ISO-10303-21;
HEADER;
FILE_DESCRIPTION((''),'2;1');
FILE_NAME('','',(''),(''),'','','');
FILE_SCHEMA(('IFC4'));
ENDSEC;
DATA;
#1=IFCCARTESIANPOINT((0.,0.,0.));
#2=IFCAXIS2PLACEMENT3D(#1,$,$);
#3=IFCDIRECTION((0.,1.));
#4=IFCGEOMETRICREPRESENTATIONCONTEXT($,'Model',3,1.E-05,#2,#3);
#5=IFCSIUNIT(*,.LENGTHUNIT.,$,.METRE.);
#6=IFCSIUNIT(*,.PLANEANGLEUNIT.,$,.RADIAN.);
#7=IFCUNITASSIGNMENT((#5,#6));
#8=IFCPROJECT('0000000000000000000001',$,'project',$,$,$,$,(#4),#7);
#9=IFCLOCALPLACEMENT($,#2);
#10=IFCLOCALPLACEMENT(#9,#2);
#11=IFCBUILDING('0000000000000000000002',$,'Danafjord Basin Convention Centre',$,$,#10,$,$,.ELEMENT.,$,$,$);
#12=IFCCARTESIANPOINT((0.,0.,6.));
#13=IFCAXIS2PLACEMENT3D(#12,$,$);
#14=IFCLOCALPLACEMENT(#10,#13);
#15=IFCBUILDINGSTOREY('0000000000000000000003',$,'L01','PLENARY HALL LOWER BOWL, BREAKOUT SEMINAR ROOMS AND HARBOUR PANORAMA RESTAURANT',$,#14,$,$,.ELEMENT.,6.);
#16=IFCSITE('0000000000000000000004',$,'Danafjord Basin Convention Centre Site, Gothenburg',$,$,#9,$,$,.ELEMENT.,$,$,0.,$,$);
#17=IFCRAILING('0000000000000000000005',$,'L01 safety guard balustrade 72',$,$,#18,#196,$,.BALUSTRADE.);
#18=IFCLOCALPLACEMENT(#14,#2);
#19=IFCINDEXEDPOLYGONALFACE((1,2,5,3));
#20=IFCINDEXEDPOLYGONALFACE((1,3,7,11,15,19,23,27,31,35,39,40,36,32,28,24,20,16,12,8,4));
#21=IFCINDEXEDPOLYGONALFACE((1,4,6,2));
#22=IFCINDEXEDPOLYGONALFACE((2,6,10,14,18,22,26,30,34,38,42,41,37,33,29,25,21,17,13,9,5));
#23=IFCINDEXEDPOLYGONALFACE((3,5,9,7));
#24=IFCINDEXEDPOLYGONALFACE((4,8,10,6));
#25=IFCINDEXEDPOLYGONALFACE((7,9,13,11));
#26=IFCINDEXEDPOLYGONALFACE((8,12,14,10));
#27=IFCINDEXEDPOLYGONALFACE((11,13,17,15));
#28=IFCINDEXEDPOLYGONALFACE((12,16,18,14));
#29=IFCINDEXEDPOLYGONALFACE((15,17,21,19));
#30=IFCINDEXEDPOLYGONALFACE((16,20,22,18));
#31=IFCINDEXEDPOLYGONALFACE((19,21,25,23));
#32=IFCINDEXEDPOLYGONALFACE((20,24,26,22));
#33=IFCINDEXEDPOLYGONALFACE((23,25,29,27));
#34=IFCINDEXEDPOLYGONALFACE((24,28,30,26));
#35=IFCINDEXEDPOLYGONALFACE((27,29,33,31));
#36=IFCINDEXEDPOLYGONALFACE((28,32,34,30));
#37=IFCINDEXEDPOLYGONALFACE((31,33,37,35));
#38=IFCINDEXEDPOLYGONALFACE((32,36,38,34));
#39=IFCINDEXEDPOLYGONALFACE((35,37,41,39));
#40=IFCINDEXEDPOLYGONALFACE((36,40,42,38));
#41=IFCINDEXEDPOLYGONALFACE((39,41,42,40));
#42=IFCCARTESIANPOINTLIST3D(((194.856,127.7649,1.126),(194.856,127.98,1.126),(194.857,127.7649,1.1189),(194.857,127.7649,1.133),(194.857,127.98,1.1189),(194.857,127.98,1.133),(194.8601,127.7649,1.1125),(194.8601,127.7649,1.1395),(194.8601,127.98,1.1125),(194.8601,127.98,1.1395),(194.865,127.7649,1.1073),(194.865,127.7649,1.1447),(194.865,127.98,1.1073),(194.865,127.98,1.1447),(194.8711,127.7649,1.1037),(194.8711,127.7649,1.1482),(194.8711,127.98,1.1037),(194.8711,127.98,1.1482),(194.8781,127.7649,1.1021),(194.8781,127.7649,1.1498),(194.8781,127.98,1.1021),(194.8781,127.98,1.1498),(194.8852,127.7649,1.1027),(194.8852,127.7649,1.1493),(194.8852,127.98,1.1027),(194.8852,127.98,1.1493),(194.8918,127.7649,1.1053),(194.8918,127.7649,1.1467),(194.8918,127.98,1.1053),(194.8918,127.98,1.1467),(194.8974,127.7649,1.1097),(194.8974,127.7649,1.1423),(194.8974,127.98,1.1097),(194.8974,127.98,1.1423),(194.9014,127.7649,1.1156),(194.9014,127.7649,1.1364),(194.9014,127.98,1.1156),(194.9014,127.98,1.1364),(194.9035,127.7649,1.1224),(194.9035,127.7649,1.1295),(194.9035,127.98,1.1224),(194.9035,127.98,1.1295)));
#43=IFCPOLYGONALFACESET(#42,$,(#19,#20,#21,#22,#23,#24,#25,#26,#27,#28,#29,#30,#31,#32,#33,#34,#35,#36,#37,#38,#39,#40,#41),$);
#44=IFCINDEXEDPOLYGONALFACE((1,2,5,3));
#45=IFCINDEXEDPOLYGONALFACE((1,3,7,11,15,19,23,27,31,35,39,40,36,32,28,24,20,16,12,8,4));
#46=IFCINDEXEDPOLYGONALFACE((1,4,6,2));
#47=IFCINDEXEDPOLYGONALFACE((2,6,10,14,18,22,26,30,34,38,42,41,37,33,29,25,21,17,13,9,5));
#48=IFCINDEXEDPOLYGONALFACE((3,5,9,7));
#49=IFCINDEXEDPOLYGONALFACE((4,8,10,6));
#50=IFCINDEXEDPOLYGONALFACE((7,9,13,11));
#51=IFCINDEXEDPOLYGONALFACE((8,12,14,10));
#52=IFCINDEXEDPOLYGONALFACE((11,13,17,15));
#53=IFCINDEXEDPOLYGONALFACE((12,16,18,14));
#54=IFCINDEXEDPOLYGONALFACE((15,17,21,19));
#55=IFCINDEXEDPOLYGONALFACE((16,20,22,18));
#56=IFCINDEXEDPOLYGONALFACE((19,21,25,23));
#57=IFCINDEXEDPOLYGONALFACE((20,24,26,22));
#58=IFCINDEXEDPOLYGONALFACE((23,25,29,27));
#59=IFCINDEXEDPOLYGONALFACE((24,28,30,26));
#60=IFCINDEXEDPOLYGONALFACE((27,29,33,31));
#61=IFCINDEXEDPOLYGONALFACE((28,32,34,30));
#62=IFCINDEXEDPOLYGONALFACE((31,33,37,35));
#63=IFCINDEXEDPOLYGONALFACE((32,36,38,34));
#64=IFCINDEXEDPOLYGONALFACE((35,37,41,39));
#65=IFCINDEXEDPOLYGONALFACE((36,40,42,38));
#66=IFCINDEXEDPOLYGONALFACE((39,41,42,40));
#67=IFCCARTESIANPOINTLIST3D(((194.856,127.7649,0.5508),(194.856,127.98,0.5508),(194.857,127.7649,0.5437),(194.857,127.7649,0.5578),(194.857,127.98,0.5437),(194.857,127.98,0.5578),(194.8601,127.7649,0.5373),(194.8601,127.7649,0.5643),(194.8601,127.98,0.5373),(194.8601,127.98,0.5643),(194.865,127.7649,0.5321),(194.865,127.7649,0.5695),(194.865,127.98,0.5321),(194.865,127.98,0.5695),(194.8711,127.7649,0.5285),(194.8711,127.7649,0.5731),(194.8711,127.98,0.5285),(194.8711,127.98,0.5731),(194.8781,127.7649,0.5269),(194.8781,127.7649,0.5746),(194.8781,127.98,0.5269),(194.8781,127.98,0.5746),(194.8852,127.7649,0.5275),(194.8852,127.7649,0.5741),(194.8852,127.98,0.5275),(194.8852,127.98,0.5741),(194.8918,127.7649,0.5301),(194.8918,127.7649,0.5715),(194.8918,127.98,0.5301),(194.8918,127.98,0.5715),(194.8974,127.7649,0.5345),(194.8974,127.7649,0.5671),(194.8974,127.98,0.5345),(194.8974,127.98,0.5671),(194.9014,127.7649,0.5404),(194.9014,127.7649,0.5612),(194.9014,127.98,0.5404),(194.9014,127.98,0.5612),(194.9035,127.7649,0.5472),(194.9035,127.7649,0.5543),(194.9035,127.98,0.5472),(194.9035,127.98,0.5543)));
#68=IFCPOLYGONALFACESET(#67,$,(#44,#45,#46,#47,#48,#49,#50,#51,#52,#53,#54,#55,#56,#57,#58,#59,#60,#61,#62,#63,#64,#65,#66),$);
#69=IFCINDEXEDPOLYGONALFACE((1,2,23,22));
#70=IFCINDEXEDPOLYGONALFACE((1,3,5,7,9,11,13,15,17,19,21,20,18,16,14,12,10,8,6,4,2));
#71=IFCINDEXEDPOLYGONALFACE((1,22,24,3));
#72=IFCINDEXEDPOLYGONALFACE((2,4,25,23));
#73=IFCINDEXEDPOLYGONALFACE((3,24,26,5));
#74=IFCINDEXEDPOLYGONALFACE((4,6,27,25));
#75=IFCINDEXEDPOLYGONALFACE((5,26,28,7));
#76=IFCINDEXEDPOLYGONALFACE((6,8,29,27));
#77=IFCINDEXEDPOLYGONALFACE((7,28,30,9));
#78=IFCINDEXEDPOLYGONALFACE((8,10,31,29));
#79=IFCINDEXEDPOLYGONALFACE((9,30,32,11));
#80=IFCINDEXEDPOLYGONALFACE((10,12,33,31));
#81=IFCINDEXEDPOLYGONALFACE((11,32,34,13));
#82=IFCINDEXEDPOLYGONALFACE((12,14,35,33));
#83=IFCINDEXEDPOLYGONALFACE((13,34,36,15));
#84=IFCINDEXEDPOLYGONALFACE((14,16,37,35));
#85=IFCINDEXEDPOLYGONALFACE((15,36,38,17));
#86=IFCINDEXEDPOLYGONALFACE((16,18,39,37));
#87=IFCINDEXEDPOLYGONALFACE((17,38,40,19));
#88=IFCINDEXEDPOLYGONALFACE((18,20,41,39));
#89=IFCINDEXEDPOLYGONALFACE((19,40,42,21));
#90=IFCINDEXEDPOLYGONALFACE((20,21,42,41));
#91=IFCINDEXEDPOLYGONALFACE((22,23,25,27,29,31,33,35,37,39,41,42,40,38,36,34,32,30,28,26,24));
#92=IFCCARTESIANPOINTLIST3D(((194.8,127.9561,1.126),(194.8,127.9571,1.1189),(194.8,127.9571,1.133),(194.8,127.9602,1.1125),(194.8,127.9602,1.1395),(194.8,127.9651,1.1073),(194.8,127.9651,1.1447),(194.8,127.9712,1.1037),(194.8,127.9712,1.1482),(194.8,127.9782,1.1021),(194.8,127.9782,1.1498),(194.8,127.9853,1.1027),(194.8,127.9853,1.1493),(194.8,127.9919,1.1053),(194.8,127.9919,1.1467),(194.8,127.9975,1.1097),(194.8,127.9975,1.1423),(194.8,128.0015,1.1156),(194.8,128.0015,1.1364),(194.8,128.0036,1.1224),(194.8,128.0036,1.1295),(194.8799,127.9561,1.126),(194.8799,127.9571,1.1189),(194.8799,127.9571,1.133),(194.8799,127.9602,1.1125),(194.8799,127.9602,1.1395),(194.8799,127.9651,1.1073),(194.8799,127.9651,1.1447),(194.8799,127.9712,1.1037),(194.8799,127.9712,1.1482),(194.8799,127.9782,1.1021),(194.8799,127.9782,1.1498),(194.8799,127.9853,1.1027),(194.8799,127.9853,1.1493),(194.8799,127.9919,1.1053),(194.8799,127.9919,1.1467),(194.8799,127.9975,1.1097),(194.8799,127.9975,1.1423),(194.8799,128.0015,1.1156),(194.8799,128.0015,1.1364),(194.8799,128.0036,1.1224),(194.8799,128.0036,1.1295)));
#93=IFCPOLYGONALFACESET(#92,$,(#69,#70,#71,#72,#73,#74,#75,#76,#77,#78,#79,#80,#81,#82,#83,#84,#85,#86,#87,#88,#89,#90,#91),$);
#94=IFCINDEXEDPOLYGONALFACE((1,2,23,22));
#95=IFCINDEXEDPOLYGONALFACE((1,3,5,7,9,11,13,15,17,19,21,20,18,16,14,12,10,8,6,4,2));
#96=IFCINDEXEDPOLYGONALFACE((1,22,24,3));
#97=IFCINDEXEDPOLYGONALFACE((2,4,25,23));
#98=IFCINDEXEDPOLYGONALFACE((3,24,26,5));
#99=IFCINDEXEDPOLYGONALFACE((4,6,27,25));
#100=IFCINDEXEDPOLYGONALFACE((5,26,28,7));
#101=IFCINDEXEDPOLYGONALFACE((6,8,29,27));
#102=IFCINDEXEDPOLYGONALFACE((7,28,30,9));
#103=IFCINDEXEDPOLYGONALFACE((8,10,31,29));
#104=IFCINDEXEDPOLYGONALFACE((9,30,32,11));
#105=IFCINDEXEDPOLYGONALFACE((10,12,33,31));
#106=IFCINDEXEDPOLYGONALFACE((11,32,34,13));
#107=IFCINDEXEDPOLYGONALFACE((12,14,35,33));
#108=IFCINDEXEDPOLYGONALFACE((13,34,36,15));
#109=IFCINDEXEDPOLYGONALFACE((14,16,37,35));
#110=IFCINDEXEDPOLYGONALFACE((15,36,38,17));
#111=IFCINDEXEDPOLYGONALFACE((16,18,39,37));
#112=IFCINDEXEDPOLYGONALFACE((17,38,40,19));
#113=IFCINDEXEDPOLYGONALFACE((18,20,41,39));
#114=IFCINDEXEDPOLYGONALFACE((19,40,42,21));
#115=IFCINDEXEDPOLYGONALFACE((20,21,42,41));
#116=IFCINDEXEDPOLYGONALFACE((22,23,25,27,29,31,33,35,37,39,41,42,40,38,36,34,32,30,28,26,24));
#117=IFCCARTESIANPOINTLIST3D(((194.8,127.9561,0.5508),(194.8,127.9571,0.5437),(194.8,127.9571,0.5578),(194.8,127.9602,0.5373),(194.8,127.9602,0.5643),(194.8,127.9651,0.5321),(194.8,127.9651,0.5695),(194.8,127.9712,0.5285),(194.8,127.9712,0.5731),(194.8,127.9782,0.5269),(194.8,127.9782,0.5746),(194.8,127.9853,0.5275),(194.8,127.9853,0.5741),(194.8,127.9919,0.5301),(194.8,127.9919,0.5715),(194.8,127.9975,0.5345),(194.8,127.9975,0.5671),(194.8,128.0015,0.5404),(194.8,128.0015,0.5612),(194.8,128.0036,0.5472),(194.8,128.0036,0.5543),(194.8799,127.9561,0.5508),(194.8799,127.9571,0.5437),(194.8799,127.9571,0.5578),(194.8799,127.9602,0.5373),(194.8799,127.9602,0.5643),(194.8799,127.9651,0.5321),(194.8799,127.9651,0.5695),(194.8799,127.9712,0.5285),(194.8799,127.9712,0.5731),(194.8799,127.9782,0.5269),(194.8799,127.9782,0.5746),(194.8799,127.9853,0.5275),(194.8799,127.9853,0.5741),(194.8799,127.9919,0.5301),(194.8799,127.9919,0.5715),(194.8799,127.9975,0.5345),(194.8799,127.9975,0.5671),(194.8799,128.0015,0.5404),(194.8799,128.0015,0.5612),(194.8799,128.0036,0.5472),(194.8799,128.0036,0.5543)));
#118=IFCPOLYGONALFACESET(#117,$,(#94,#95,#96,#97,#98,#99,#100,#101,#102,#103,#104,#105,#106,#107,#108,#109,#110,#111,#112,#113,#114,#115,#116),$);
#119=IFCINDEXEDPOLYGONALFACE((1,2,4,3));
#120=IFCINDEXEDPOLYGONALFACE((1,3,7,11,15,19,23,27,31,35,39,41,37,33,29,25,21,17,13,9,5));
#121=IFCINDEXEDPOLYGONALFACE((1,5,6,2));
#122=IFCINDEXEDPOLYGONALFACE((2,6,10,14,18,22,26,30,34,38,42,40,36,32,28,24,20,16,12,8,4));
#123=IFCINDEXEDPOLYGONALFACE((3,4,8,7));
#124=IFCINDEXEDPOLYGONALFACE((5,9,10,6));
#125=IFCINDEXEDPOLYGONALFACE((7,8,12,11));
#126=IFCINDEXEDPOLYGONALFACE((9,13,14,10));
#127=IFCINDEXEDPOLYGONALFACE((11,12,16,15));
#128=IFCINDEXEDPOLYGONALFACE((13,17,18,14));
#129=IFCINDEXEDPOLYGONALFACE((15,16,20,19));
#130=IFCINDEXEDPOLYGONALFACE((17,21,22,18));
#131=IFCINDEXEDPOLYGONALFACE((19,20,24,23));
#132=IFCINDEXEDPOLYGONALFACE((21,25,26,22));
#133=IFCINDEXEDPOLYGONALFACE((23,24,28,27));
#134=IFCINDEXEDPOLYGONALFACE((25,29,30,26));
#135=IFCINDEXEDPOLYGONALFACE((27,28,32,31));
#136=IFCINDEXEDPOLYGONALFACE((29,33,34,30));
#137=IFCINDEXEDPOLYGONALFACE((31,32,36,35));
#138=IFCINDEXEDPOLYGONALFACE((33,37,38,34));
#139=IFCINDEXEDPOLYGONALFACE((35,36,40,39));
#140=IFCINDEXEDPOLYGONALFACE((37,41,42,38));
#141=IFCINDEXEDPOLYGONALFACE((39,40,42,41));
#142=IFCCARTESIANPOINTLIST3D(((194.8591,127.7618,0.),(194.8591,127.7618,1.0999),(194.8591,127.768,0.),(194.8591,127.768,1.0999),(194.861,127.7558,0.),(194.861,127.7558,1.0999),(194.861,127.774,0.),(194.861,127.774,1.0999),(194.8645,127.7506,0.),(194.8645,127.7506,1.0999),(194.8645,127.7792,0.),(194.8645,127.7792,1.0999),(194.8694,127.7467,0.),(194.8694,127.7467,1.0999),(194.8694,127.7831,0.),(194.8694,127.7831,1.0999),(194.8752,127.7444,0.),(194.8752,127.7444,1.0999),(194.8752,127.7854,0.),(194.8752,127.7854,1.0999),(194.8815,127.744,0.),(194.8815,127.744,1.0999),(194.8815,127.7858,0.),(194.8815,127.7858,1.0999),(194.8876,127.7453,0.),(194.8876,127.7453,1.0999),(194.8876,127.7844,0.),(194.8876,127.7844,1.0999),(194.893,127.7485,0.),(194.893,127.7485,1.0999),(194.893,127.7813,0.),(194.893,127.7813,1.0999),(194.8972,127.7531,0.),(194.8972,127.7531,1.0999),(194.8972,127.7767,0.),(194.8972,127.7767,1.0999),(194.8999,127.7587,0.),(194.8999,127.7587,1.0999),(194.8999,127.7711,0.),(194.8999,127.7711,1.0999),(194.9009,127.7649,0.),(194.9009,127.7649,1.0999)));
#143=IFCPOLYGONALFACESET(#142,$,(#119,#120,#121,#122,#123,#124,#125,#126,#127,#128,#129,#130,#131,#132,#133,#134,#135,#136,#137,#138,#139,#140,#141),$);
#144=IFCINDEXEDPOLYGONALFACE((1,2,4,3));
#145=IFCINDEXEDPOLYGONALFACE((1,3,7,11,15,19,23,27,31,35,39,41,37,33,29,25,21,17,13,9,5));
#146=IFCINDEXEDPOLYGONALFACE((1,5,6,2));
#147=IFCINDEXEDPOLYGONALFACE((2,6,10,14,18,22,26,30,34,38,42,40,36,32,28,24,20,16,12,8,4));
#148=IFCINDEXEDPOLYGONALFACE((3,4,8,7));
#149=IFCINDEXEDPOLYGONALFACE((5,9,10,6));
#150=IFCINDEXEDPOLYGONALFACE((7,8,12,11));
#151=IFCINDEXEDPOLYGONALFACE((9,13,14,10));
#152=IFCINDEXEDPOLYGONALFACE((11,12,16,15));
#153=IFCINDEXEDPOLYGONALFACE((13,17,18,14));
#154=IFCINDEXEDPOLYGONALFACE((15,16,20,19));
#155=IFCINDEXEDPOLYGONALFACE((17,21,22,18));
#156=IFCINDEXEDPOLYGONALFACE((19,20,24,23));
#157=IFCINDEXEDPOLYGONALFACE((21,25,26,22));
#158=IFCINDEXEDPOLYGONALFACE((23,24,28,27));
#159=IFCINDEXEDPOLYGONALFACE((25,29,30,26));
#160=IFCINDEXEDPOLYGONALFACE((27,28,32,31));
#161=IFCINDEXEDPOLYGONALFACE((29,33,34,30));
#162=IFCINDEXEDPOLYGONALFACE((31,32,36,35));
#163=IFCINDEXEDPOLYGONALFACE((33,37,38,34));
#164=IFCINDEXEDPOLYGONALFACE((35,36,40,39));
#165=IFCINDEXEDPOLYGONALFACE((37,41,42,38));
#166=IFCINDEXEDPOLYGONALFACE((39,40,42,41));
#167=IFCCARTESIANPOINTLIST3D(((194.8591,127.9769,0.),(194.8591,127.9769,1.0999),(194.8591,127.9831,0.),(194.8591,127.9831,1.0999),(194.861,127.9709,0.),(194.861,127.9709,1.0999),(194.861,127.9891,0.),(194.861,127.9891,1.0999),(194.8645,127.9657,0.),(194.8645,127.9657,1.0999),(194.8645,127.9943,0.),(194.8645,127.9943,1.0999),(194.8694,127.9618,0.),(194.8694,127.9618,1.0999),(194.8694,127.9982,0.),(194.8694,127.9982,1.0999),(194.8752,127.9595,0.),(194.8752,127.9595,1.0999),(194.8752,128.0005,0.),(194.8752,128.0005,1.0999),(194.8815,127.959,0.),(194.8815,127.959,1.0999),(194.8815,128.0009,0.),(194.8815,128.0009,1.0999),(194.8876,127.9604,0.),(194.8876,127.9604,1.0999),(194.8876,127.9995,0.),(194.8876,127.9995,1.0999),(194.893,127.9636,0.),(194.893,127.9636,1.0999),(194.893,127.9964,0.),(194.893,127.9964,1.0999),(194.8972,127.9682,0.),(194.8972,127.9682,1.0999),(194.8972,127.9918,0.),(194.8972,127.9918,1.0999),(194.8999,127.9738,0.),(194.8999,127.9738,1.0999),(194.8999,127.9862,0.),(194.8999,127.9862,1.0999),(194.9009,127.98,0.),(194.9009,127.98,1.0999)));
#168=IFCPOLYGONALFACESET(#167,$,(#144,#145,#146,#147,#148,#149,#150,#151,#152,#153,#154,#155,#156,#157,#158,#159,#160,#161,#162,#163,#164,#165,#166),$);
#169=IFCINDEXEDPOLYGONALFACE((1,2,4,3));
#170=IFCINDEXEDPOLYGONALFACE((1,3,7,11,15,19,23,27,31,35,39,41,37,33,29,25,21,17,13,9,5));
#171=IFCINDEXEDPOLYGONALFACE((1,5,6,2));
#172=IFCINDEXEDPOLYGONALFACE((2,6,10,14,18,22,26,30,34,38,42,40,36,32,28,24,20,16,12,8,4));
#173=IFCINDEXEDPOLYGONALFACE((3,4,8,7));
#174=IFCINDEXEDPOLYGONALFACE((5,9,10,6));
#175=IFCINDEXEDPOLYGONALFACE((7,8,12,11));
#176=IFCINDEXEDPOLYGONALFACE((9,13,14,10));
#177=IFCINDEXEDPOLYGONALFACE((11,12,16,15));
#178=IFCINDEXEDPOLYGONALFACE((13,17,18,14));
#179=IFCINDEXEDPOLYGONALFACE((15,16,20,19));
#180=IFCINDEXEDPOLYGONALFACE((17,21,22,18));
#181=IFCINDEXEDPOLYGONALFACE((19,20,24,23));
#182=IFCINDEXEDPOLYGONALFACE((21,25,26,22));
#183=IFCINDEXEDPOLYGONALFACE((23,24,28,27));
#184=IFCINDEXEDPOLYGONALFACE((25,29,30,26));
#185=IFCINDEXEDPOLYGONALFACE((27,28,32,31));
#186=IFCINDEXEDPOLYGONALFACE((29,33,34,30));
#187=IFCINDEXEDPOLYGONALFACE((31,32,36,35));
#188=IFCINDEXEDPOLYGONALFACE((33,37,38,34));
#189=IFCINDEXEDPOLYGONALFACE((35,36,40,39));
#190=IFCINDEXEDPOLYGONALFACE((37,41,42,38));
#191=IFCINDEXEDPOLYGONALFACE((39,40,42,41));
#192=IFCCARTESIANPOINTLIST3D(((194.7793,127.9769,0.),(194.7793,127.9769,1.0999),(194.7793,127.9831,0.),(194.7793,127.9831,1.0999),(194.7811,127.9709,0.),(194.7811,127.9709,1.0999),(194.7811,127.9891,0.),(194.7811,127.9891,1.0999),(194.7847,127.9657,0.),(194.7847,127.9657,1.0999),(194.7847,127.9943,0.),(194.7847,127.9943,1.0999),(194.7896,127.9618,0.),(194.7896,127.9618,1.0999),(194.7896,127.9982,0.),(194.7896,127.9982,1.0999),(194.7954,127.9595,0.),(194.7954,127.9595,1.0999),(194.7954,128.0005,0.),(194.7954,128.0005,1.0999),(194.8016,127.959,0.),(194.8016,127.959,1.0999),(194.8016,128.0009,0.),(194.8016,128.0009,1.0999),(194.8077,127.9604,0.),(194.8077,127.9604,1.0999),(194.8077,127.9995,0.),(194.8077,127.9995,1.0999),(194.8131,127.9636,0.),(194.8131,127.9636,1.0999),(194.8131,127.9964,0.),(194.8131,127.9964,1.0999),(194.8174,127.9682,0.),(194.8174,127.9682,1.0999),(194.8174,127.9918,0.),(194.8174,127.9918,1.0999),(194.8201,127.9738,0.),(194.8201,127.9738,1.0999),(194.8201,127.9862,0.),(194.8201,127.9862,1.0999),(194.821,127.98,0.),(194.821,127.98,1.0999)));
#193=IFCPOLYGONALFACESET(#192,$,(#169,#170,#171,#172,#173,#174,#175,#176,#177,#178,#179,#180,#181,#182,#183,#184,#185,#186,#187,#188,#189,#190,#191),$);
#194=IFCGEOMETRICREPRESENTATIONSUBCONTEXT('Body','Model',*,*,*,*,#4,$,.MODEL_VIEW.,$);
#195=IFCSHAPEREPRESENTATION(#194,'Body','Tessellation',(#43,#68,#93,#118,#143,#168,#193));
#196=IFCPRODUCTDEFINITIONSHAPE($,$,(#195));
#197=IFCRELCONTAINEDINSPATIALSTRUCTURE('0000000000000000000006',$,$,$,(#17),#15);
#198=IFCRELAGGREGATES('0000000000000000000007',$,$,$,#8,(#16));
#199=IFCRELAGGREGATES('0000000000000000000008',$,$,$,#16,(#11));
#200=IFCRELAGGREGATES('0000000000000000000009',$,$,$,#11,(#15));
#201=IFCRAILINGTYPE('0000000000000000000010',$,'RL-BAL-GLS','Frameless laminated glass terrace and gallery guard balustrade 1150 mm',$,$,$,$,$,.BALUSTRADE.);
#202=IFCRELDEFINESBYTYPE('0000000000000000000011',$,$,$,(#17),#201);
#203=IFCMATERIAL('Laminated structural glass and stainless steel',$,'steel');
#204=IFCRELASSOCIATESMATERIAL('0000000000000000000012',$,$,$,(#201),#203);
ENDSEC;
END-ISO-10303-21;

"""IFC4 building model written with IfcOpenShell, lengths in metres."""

from ifc_helpers import new_model, si_unit, direction, frame, origin, origin_2d, place, context, subcontext, project, spatial, circle, extrude, material, type_object, element, save


model = new_model("IFC4")

# Units and contexts
model_context = context("Model", 3, precision=1e-05, world=origin(), true_north=direction((0.0, 1.0)))
body_context = subcontext(model_context, "Body", "Model", "MODEL_VIEW")
ifc_project = project(units=[si_unit("LENGTHUNIT", "METRE"), si_unit("PLANEANGLEUNIT", "RADIAN")], contexts=[model_context])

# Site, building, storey
site_placement = place(None, origin())
site = spatial("IfcSite", under=ifc_project, at=site_placement, Name="Danafjord Basin Convention Centre Site, Gothenburg", CompositionType="ELEMENT", RefElevation=0.0)
building_placement = place(site_placement, origin())
building = spatial("IfcBuilding", under=site, at=building_placement, Name="Danafjord Basin Convention Centre", CompositionType="ELEMENT")
storey_placement = place(building_placement, frame((0.0, 0.0, 6.0)))
storey = spatial("IfcBuildingStorey", under=building, at=storey_placement, Name="L01", Description="PLENARY HALL LOWER BOWL, BREAKOUT SEMINAR ROOMS AND HARBOUR PANORAMA RESTAURANT", CompositionType="ELEMENT", Elevation=6.0)

# Railing
ifc_material_1 = material(Name="Laminated structural glass and stainless steel", Category="steel")
railing_type_1 = type_object("IfcRailingType", Name="RL-BAL-GLS", Description="Frameless laminated glass terrace and gallery guard balustrade 1150 mm", PredefinedType="BALUSTRADE", material=ifc_material_1)
railing_1_placement = place(storey_placement, frame((194.8799, 127.7649, 0.0)))
element("IfcRailing", 1, at=railing_1_placement, inside=storey, type_object=railing_type_1, Name="L01 safety guard balustrade 72", PredefinedType="BALUSTRADE", context=body_context, shape_type="SweptSolid", body=[
    extrude(circle(Radius=0.0239, at=origin_2d()), frame((0.0, 0.0, 1.126), z_axis=(0.0, 1.0, 0.0), x_axis=(-1.0, 0.0, 0.0)), (0.0, 0.0, 1.0), 0.2151),
    extrude(circle(Radius=0.0239, at=origin_2d()), frame((0.0, 0.0, 0.5508), z_axis=(0.0, 1.0, 0.0), x_axis=(-1.0, 0.0, 0.0)), (0.0, 0.0, 1.0), 0.2151),
    extrude(circle(Radius=0.0239, at=origin_2d()), frame((0.0, 0.2151, 1.126), z_axis=(-1.0, 0.0, 0.0), x_axis=(0.0, -1.0, 0.0)), (0.0, 0.0, 1.0), 0.0798),
    extrude(circle(Radius=0.0239, at=origin_2d()), frame((0.0, 0.2151, 0.5508), z_axis=(-1.0, 0.0, 0.0), x_axis=(0.0, -1.0, 0.0)), (0.0, 0.0, 1.0), 0.0798),
    extrude(circle(Radius=0.021, at=origin_2d()), origin(), (0.0, 0.0, 1.0), 1.0999),
    extrude(circle(Radius=0.021, at=origin_2d()), frame((0.0, 0.2151, 0.0)), (0.0, 0.0, 1.0), 1.0999),
    extrude(circle(Radius=0.021, at=origin_2d()), frame((-0.0798, 0.2151, 0.0)), (0.0, 0.0, 1.0), 1.0999),
])

save(model, "model.ifc")
